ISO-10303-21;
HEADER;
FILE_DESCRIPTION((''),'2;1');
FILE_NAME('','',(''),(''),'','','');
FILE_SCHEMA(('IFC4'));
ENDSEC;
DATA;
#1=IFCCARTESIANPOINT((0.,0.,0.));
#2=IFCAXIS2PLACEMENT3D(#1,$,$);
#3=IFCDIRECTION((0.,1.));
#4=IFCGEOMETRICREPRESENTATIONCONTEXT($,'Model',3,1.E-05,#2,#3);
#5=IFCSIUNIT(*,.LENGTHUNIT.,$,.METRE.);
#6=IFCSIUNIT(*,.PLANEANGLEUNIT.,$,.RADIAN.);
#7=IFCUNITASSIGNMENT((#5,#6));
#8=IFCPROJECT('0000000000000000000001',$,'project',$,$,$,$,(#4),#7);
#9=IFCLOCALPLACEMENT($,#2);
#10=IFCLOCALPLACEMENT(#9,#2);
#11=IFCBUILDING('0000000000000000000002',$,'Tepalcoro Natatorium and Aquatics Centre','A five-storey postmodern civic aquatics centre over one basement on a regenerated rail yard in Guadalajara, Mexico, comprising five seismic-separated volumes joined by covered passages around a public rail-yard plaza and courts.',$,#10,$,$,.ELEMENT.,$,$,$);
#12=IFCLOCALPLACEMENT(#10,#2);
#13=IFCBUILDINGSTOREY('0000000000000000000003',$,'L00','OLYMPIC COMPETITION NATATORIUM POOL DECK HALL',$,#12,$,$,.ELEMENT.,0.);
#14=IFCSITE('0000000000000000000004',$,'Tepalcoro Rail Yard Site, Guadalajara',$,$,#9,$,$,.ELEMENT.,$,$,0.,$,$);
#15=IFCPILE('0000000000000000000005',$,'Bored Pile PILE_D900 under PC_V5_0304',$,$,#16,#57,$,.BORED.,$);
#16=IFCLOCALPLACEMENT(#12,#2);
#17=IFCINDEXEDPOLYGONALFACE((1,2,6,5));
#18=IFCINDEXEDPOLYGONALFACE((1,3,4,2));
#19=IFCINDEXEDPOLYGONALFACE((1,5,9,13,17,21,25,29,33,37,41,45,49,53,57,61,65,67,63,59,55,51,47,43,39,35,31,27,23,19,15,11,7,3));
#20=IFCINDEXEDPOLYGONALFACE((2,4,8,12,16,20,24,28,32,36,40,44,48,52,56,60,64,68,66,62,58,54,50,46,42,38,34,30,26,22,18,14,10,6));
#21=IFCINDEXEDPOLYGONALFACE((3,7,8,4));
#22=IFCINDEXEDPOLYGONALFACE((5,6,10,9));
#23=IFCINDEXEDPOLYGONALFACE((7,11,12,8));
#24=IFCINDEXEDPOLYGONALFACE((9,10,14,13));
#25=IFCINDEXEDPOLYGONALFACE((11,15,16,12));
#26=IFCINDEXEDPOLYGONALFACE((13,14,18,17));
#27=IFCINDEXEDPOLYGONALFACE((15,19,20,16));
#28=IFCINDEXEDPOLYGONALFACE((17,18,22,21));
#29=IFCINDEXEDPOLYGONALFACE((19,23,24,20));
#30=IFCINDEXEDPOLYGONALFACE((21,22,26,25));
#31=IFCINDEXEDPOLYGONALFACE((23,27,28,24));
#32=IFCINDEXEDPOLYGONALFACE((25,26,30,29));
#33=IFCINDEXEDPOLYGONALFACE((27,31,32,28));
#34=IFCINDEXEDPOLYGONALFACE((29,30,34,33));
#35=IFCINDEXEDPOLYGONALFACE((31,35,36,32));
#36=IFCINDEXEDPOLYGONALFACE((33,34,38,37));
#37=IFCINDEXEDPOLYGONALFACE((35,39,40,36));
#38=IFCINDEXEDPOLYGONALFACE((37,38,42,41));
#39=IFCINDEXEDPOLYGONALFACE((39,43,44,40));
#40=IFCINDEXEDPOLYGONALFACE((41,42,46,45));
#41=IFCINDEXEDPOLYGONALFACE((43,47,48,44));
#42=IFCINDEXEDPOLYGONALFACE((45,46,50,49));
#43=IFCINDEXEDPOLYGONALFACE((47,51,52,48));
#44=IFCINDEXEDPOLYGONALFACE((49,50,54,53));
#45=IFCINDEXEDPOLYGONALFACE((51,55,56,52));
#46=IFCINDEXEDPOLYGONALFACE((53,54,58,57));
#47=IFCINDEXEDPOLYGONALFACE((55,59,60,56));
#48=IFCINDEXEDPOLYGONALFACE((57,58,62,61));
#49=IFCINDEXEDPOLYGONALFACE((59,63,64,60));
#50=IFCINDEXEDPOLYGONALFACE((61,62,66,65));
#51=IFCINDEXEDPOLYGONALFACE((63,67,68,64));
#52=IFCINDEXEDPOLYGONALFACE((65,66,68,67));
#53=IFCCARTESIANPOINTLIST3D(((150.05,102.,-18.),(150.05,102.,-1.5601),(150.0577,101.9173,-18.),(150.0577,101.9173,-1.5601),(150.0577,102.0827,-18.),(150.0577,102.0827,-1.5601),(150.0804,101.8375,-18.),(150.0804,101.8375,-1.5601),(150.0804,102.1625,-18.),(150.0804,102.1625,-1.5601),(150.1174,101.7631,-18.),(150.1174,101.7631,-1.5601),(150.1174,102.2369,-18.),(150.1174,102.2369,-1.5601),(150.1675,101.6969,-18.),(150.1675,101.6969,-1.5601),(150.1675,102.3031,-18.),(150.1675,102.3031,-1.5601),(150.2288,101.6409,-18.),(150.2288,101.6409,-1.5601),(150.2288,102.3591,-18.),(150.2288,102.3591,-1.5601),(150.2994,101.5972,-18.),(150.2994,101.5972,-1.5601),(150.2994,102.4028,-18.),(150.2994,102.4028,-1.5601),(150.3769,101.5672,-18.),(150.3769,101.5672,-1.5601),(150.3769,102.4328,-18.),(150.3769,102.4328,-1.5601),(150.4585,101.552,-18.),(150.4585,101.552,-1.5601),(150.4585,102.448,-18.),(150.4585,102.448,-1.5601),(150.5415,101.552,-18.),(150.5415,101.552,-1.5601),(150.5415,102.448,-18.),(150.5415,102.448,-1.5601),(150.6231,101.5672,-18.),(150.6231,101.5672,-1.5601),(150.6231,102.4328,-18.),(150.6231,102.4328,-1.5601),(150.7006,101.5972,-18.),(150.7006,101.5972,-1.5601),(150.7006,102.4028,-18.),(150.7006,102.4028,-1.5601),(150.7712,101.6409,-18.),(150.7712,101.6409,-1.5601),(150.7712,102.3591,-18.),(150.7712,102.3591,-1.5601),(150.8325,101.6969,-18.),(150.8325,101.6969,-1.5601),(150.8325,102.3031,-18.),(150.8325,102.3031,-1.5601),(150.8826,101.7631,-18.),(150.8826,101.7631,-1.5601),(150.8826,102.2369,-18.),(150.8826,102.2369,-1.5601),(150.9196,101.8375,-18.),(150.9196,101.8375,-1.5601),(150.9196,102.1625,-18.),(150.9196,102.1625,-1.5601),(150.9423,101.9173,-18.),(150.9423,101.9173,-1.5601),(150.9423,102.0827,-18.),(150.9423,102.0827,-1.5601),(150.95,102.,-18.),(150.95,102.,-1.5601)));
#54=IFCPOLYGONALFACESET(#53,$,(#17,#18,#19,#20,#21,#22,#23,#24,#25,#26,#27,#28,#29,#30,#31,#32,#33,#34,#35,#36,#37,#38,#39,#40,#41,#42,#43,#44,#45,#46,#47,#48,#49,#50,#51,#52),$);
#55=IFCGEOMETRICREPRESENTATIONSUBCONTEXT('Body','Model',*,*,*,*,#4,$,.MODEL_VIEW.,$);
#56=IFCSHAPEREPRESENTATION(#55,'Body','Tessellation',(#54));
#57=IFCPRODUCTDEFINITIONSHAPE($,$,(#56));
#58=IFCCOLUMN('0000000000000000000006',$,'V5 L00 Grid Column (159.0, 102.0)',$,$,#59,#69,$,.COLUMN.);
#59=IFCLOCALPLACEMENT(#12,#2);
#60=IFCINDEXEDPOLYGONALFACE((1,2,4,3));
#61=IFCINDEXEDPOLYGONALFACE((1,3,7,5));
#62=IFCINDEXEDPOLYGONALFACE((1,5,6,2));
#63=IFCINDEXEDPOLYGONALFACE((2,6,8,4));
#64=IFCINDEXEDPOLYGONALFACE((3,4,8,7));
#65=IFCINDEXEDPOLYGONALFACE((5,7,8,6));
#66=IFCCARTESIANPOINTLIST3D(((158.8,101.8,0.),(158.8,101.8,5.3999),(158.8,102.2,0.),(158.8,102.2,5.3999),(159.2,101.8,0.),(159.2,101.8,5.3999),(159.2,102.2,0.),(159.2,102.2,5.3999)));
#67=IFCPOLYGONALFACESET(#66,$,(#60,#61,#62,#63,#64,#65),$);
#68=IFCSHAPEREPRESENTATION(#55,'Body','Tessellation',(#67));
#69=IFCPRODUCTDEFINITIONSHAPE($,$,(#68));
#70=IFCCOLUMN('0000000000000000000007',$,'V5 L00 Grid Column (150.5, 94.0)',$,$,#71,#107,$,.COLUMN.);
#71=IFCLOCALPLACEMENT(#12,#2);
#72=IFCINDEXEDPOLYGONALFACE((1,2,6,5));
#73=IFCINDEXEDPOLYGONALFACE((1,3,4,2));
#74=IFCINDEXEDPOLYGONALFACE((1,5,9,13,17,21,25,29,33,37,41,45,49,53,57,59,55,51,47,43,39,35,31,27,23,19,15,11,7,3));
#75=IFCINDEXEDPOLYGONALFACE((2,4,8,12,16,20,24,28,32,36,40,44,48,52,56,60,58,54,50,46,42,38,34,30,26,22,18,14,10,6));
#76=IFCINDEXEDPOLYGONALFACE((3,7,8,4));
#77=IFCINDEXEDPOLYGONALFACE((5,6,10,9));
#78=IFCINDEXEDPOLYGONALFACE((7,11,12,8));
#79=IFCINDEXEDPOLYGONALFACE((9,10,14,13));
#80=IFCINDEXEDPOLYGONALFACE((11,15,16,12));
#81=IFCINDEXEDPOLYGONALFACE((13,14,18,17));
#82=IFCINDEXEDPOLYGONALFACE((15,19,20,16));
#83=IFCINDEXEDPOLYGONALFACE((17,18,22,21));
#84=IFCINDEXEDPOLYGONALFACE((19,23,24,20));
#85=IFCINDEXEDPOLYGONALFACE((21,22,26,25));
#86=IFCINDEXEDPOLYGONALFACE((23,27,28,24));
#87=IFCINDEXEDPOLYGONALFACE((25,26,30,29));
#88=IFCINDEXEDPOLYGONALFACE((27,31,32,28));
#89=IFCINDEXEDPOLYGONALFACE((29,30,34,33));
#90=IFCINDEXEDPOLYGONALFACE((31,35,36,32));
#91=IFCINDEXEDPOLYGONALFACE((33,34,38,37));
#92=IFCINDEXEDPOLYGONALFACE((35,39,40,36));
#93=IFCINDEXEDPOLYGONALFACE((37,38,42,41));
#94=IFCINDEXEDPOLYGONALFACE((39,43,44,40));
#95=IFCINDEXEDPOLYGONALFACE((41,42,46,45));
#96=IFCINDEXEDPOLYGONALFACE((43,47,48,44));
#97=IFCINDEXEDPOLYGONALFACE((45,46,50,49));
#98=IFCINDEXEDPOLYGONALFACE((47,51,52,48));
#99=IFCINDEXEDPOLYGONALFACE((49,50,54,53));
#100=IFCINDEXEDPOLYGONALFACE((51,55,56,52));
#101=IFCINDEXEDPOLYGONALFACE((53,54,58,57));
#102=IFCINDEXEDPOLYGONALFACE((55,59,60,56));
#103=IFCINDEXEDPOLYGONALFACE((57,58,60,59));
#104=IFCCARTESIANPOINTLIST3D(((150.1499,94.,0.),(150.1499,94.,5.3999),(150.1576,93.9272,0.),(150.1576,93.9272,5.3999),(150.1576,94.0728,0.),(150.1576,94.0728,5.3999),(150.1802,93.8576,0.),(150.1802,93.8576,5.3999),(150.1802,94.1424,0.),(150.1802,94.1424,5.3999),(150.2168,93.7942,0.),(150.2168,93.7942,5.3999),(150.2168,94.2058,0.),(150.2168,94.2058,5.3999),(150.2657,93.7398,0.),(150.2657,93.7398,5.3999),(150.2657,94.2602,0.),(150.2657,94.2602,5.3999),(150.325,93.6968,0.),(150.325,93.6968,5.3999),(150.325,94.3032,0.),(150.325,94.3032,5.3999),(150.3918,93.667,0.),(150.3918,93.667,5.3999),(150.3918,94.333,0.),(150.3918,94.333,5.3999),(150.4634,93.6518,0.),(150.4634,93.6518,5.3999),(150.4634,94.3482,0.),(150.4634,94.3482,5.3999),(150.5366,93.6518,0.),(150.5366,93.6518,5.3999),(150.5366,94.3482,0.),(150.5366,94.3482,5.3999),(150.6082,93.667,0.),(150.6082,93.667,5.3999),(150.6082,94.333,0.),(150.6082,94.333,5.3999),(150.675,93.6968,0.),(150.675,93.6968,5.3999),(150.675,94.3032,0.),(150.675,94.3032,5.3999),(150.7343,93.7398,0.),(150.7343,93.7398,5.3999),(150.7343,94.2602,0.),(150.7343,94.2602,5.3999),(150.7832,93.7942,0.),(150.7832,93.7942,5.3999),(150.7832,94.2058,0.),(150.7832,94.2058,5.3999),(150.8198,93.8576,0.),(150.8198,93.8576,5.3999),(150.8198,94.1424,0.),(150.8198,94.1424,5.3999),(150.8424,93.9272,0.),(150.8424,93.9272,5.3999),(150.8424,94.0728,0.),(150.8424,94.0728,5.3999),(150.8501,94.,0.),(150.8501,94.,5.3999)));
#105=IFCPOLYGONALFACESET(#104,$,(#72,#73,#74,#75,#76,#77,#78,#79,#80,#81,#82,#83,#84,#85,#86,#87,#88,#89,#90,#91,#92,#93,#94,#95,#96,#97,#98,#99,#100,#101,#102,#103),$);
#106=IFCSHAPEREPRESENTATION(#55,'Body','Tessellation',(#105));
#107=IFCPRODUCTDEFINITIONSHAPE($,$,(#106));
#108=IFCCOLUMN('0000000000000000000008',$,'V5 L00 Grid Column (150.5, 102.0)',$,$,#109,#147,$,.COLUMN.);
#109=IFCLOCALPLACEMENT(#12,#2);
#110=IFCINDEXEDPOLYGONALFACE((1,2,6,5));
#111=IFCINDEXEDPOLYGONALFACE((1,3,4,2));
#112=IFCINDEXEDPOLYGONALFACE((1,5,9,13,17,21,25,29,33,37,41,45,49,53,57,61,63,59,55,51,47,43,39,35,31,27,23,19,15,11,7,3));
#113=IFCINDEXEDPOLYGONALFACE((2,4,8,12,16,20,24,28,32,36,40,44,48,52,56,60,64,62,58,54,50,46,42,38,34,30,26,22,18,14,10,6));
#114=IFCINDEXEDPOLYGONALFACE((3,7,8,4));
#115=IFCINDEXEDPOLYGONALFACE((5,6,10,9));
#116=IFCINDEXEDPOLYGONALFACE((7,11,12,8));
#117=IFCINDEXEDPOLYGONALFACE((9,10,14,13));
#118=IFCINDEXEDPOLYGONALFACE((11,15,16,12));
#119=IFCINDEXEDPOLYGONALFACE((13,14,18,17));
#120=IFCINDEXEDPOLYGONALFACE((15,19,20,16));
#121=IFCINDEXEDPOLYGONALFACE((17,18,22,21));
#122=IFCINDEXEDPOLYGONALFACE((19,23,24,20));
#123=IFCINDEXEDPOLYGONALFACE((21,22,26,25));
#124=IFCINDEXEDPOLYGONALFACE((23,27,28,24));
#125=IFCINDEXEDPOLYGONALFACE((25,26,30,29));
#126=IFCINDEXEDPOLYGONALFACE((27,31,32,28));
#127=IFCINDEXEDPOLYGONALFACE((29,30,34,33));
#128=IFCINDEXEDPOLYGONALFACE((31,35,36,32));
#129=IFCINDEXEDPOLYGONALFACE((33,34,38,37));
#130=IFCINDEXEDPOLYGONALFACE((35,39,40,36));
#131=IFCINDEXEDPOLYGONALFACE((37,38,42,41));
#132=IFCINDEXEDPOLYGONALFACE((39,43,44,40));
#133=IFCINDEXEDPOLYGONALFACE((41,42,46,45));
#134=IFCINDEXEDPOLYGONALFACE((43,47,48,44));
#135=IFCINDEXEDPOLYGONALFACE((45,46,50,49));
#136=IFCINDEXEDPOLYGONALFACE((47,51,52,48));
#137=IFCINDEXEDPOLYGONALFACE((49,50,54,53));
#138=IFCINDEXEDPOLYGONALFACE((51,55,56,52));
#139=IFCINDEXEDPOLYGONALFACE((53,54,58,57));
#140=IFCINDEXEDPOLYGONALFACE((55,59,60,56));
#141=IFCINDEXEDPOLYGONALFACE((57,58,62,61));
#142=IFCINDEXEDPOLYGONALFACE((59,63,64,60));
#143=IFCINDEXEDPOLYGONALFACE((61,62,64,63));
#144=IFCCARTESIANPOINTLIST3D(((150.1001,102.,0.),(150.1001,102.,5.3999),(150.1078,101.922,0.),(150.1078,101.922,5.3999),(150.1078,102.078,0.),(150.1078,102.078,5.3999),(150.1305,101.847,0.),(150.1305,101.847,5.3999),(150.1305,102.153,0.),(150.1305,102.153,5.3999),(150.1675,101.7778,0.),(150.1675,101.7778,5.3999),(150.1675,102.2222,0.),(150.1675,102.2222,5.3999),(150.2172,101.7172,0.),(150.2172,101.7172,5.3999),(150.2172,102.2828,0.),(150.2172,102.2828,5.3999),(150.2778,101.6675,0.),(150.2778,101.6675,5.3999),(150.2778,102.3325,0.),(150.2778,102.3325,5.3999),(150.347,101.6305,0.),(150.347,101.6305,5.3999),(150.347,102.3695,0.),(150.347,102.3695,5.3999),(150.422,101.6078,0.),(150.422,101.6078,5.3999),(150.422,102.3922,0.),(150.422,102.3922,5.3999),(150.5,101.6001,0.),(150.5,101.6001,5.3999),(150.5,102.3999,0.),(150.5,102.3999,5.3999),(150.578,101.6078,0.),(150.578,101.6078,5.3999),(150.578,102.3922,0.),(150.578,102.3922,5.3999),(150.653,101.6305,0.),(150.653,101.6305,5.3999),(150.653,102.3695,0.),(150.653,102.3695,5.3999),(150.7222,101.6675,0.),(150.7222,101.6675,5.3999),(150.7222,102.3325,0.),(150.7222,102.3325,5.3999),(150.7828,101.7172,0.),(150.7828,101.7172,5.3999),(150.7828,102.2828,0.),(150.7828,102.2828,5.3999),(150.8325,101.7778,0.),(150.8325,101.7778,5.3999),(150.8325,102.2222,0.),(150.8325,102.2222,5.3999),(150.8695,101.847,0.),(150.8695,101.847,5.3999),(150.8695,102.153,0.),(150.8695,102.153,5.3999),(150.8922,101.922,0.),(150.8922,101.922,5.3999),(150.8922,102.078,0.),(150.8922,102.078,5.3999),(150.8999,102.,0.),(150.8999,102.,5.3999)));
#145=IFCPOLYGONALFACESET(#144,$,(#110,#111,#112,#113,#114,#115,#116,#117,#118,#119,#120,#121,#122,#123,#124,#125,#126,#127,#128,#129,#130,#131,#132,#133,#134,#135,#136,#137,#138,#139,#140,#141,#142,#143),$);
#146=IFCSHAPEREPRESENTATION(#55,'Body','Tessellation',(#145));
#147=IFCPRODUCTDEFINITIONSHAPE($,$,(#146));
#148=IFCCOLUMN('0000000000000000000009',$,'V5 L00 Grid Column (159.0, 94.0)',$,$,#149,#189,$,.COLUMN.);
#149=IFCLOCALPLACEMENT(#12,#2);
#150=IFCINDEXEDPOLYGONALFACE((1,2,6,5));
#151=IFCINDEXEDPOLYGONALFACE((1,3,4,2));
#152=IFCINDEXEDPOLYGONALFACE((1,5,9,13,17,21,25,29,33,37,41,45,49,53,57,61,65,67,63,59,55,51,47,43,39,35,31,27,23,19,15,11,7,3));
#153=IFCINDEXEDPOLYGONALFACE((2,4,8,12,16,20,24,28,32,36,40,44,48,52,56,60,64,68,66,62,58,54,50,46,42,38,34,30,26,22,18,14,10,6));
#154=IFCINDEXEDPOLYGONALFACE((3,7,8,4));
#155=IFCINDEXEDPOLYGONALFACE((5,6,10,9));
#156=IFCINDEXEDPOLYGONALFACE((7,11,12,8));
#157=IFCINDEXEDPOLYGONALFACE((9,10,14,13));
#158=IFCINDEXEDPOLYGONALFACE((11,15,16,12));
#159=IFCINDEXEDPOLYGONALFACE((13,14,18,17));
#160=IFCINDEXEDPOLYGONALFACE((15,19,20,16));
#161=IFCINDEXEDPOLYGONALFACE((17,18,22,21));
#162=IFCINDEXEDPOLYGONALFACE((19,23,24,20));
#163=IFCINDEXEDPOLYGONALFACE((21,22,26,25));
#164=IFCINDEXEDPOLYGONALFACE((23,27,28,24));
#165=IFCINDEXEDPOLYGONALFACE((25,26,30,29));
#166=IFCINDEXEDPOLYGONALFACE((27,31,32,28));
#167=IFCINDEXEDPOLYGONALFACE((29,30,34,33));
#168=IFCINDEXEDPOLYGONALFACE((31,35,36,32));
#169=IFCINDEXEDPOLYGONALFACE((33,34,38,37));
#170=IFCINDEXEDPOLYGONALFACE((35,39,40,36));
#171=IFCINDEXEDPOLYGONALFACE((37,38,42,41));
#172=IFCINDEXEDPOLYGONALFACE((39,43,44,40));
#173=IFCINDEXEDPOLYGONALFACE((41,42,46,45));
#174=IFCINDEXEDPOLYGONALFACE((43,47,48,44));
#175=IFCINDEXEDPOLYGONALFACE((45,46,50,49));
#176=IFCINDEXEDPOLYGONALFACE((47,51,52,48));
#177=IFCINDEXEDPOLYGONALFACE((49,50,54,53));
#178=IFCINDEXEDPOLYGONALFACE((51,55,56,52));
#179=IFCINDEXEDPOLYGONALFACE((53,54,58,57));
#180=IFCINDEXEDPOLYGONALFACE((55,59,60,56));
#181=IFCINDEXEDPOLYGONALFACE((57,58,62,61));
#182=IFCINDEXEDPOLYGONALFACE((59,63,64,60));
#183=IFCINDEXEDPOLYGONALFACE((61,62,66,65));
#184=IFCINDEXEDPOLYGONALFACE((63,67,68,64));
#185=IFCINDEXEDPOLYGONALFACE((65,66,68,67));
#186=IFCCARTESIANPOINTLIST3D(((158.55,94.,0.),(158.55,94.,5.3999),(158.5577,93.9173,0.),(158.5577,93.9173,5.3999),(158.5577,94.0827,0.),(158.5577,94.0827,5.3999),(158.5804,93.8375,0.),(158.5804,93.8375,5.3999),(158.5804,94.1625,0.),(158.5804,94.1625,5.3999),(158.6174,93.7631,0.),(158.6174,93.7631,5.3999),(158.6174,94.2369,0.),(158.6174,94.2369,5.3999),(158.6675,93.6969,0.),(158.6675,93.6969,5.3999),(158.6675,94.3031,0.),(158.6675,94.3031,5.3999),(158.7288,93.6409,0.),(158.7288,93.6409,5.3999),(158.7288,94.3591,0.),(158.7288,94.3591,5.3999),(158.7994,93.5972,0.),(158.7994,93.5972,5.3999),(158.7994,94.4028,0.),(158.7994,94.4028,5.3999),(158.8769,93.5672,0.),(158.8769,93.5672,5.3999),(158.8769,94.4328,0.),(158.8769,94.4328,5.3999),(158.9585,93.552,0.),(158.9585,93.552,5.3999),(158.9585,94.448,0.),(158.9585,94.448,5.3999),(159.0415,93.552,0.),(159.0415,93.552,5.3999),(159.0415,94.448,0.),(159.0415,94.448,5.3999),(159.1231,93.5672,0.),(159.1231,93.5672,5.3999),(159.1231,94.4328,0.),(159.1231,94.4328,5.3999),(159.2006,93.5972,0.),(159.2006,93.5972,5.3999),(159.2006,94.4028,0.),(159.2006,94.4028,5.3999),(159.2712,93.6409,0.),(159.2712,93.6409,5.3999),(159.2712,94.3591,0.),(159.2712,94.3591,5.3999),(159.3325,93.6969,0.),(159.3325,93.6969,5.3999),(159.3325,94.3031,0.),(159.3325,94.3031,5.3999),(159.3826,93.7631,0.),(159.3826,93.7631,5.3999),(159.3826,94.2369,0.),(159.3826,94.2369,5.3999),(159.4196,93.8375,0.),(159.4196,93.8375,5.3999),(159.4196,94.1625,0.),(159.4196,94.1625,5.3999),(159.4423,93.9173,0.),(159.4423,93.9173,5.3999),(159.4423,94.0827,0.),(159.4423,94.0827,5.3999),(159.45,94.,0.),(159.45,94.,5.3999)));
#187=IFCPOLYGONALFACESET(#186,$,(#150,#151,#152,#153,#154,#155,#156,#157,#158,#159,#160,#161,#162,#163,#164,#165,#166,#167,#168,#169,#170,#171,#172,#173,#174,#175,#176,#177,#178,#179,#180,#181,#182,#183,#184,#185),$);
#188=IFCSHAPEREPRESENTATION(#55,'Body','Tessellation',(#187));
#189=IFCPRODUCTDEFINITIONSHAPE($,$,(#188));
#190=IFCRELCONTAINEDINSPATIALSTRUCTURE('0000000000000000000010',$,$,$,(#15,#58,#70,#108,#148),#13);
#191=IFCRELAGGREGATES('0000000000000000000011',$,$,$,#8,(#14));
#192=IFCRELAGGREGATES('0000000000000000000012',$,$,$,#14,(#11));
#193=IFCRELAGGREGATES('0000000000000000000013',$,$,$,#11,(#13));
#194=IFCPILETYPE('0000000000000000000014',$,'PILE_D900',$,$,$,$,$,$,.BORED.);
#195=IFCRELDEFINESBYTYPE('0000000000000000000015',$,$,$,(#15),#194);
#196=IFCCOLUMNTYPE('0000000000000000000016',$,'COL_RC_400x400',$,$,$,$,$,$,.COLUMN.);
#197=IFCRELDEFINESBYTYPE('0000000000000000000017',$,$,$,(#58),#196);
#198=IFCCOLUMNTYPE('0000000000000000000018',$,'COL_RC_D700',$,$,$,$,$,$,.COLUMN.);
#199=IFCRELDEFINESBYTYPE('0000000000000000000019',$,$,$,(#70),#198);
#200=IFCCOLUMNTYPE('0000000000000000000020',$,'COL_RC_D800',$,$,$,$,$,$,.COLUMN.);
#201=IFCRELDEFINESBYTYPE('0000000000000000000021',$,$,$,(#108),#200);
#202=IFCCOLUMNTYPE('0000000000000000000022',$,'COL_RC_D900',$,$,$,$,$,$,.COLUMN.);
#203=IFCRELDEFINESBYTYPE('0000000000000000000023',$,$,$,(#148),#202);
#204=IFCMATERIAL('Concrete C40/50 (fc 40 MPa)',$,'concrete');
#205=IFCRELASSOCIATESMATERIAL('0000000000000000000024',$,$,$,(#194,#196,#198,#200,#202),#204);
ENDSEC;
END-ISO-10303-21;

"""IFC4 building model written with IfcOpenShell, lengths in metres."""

from ifc_helpers import new_model, si_unit, direction, frame, origin, origin_2d, place, context, subcontext, project, spatial, rectangle, circle, extrude, material, material_profile, profile_set, type_object, element, save


model = new_model("IFC4")

# Units and contexts
model_context = context("Model", 3, precision=1e-05, world=origin(), true_north=direction((0.0, 1.0)))
body_context = subcontext(model_context, "Body", "Model", "MODEL_VIEW")
ifc_project = project(units=[si_unit("LENGTHUNIT", "METRE"), si_unit("PLANEANGLEUNIT", "RADIAN")], contexts=[model_context])

# Site, building, storey
site_placement = place(None, origin())
site = spatial("IfcSite", under=ifc_project, at=site_placement, Name="Tepalcoro Rail Yard Site, Guadalajara", CompositionType="ELEMENT", RefElevation=0.0)
building_placement = place(site_placement, origin())
building = spatial("IfcBuilding", under=site, at=building_placement, Name="Tepalcoro Natatorium and Aquatics Centre", Description="A five-storey postmodern civic aquatics centre over one basement on a regenerated rail yard in Guadalajara, Mexico, comprising five seismic-separated volumes joined by covered passages around a public rail-yard plaza and courts.", CompositionType="ELEMENT")
storey_placement = place(building_placement, origin())
storey = spatial("IfcBuildingStorey", under=building, at=storey_placement, Name="L00", Description="OLYMPIC COMPETITION NATATORIUM POOL DECK HALL", CompositionType="ELEMENT", Elevation=0.0)

# Pile
ifc_material_1 = material(Name="Concrete C40/50 (fc 40 MPa)", Category="concrete")
ifc_material_profile_1 = material_profile(ifc_material_1, circle(Radius=0.45, at=origin_2d()), Name="PILE_D900")
ifc_profile_set_1 = profile_set([ifc_material_profile_1], Name="Concrete C40/50 (fc 40 MPa)")
pile_type_1 = type_object("IfcPileType", Name="PILE_D900", PredefinedType="BORED", material=ifc_profile_set_1)
pile_1_placement = place(storey_placement, frame((150.5, 102.0, -1.5601), z_axis=(0.0, 0.0, -1.0), x_axis=(1.0, 0.0, 0.0)))
element("IfcPile", 1, at=pile_1_placement, inside=storey, type_object=pile_type_1, Name="Bored Pile PILE_D900 under PC_V5_0304", PredefinedType="BORED", context=body_context, shape_type="SweptSolid", body=[
    extrude(circle(Radius=0.45, at=origin_2d()), origin(), (0.0, 0.0, 1.0), 16.4399),
])

# Columns
ifc_material_profile_2 = material_profile(ifc_material_1, rectangle(XDim=0.3999, YDim=0.3999, at=origin_2d()), Name="RC400x400")
ifc_profile_set_2 = profile_set([ifc_material_profile_2], Name="Concrete C40/50 (fc 40 MPa)")
column_type_1 = type_object("IfcColumnType", Name="COL_RC_400x400", PredefinedType="COLUMN", material=ifc_profile_set_2)
column_1_placement = place(storey_placement, frame((159.0, 102.0, 0.0), z_axis=(0.0, 0.0, 1.0), x_axis=(1.0, 0.0, 0.0)))
element("IfcColumn", 2, at=column_1_placement, inside=storey, type_object=column_type_1, Name="V5 L00 Grid Column (159.0, 102.0)", PredefinedType="COLUMN", context=body_context, shape_type="SweptSolid", body=[
    extrude(rectangle(XDim=0.3999, YDim=0.3999, at=origin_2d()), origin(), (0.0, 0.0, 1.0), 5.3999),
])
ifc_material_profile_3 = material_profile(ifc_material_1, circle(Radius=0.3501, at=origin_2d()), Name="RCD700")
ifc_profile_set_3 = profile_set([ifc_material_profile_3], Name="Concrete C40/50 (fc 40 MPa)")
column_type_2 = type_object("IfcColumnType", Name="COL_RC_D700", PredefinedType="COLUMN", material=ifc_profile_set_3)
column_2_placement = place(storey_placement, frame((150.5, 94.0, 0.0), z_axis=(0.0, 0.0, 1.0), x_axis=(1.0, 0.0, 0.0)))
element("IfcColumn", 3, at=column_2_placement, inside=storey, type_object=column_type_2, Name="V5 L00 Grid Column (150.5, 94.0)", PredefinedType="COLUMN", context=body_context, shape_type="SweptSolid", body=[
    extrude(circle(Radius=0.3501, at=origin_2d()), origin(), (0.0, 0.0, 1.0), 5.3999),
])
ifc_material_profile_4 = material_profile(ifc_material_1, circle(Radius=0.3999, at=origin_2d()), Name="RCD800")
ifc_profile_set_4 = profile_set([ifc_material_profile_4], Name="Concrete C40/50 (fc 40 MPa)")
column_type_3 = type_object("IfcColumnType", Name="COL_RC_D800", PredefinedType="COLUMN", material=ifc_profile_set_4)
column_3_placement = place(storey_placement, frame((150.5, 102.0, 0.0), z_axis=(0.0, 0.0, 1.0), x_axis=(1.0, 0.0, 0.0)))
element("IfcColumn", 4, at=column_3_placement, inside=storey, type_object=column_type_3, Name="V5 L00 Grid Column (150.5, 102.0)", PredefinedType="COLUMN", context=body_context, shape_type="SweptSolid", body=[
    extrude(circle(Radius=0.3999, at=origin_2d()), origin(), (0.0, 0.0, 1.0), 5.3999),
])
ifc_material_profile_5 = material_profile(ifc_material_1, circle(Radius=0.45, at=origin_2d()), Name="RCD900")
ifc_profile_set_5 = profile_set([ifc_material_profile_5], Name="Concrete C40/50 (fc 40 MPa)")
column_type_4 = type_object("IfcColumnType", Name="COL_RC_D900", PredefinedType="COLUMN", material=ifc_profile_set_5)
column_4_placement = place(storey_placement, frame((159.0, 94.0, 0.0), z_axis=(0.0, 0.0, 1.0), x_axis=(1.0, 0.0, 0.0)))
element("IfcColumn", 5, at=column_4_placement, inside=storey, type_object=column_type_4, Name="V5 L00 Grid Column (159.0, 94.0)", PredefinedType="COLUMN", context=body_context, shape_type="SweptSolid", body=[
    extrude(circle(Radius=0.45, at=origin_2d()), origin(), (0.0, 0.0, 1.0), 5.3999),
])

save(model, "model.ifc")
